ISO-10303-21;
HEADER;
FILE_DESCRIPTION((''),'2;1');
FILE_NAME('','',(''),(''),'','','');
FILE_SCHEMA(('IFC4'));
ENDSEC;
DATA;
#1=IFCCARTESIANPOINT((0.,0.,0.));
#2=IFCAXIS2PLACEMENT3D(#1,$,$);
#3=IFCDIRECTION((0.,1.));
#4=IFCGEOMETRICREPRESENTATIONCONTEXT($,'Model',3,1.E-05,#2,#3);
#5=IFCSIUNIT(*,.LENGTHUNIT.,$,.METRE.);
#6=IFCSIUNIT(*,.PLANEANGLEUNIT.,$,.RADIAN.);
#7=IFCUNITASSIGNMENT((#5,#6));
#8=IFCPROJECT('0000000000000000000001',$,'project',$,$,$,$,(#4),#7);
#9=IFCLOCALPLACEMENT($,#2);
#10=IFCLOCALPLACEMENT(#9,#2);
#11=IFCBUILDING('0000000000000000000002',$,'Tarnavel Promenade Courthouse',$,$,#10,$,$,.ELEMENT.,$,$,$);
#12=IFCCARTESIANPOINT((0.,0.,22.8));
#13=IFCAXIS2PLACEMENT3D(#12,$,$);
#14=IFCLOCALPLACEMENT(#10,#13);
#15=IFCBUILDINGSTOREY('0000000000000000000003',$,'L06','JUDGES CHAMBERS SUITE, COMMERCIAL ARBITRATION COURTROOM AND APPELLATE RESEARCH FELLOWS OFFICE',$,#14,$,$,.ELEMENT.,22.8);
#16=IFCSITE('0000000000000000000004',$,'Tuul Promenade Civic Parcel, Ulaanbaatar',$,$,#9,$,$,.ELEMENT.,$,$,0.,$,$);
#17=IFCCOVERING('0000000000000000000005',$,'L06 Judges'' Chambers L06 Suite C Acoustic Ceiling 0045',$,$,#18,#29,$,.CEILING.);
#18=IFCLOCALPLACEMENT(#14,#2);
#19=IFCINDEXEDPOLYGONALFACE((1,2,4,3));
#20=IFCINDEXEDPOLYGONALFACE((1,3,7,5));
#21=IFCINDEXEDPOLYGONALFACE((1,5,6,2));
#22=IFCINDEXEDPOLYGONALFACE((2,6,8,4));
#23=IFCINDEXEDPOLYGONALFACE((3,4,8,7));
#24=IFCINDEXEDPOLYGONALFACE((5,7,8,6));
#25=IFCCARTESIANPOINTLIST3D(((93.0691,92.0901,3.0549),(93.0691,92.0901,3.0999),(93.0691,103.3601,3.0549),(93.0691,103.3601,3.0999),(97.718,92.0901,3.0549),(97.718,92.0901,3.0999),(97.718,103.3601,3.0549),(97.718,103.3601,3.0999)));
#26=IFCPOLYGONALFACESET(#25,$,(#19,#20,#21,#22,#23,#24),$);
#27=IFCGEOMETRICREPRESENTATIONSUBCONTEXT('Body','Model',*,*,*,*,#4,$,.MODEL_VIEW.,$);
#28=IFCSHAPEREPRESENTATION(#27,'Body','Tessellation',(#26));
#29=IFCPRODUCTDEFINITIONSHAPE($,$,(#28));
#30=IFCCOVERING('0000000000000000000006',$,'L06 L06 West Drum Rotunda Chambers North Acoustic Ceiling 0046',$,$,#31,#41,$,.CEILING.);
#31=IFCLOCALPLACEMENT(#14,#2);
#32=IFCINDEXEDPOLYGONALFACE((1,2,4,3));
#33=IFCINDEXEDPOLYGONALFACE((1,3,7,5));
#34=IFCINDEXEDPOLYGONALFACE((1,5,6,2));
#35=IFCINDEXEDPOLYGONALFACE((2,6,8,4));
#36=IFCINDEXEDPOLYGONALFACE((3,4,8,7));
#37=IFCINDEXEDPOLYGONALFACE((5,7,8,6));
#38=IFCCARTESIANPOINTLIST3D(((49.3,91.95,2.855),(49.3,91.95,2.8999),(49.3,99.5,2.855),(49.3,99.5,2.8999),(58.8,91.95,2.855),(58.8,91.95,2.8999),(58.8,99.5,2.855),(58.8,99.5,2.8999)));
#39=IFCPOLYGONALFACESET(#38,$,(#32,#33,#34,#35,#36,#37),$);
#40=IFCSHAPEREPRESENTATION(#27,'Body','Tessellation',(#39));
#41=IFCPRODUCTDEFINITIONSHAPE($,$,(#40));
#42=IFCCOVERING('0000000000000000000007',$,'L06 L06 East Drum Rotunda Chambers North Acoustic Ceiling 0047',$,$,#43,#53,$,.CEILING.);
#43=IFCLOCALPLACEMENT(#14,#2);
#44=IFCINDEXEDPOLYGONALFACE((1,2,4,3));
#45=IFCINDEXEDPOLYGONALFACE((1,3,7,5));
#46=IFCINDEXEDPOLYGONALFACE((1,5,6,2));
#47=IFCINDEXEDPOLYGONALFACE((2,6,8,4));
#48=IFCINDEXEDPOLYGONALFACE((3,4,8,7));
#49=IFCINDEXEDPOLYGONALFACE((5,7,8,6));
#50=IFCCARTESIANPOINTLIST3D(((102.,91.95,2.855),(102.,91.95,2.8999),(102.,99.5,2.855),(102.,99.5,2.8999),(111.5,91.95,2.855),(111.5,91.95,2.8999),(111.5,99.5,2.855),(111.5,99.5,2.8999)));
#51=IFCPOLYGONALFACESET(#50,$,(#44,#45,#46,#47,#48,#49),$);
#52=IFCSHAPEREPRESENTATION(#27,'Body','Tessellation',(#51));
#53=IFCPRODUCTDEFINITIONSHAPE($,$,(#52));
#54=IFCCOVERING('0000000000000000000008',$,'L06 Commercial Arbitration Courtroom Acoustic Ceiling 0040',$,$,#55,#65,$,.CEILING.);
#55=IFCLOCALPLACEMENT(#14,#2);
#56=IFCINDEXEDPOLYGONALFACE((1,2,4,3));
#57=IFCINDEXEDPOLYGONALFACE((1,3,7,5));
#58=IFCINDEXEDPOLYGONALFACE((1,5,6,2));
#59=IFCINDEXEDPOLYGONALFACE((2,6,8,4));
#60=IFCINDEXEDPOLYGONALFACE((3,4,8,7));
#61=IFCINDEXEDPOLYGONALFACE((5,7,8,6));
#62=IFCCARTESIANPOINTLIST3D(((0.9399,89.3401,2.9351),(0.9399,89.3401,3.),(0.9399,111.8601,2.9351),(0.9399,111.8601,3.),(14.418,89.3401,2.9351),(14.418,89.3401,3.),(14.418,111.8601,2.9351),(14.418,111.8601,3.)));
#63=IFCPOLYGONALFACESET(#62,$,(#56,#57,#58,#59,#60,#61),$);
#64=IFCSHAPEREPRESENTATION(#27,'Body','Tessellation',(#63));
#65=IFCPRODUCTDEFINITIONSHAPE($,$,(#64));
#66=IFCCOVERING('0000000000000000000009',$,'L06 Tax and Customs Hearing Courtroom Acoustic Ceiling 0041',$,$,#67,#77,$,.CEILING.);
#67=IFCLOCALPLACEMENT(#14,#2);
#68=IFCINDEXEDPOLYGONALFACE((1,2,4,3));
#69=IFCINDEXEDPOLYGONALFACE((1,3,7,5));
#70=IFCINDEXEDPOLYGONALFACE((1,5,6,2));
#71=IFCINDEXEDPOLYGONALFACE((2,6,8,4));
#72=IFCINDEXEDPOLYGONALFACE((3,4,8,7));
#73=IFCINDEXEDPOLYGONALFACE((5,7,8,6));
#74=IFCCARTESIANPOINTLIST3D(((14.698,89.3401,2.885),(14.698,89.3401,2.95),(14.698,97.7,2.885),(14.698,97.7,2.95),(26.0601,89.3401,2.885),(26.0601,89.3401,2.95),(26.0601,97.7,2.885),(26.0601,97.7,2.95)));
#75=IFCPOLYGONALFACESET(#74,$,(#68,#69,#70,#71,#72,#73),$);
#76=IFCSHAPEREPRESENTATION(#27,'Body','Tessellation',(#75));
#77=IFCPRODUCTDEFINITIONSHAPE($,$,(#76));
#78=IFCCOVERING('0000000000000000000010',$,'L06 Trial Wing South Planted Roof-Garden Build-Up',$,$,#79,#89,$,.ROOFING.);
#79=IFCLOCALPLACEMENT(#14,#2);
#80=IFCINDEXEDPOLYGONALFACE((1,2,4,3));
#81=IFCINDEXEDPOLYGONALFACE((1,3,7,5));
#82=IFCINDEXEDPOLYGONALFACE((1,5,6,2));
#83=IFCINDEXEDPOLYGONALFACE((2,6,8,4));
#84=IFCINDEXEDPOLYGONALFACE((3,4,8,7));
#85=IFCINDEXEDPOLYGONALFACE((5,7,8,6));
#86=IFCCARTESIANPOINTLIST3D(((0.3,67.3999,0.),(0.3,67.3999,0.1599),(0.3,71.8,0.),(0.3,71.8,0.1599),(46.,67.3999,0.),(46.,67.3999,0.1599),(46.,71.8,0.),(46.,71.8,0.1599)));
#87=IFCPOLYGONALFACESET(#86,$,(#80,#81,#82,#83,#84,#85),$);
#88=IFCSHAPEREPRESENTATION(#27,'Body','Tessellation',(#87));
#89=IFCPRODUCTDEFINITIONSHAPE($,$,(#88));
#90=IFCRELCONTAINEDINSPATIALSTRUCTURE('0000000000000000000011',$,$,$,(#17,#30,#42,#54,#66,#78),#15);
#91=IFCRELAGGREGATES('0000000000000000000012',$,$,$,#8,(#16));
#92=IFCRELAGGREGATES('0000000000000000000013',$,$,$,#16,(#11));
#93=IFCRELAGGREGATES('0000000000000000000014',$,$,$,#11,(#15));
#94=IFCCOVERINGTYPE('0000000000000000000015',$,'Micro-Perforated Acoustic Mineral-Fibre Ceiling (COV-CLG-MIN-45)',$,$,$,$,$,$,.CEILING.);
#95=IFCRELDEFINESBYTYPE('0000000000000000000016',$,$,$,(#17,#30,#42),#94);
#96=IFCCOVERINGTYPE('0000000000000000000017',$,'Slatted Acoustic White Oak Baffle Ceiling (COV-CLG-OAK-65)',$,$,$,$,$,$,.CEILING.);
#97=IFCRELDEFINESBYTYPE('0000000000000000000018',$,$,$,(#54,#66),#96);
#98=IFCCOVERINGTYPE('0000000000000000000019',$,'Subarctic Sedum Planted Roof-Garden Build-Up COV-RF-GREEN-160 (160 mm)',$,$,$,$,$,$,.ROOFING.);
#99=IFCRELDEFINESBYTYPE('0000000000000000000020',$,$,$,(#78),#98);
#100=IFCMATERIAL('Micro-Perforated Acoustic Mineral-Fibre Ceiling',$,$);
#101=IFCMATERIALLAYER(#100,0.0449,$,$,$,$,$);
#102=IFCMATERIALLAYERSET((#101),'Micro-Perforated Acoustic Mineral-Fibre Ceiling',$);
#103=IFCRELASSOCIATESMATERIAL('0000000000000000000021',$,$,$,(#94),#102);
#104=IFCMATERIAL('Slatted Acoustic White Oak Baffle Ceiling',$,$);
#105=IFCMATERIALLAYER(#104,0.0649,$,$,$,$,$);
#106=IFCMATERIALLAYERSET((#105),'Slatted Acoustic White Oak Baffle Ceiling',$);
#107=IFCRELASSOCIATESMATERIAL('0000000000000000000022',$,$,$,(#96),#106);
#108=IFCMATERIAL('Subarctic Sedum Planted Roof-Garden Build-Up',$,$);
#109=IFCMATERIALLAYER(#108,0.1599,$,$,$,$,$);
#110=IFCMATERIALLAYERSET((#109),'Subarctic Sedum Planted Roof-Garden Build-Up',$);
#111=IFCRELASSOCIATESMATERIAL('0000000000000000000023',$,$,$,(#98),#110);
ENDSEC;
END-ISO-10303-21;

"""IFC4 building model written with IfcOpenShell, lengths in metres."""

from ifc_helpers import new_model, si_unit, direction, frame, origin, place, context, subcontext, project, spatial, polyline, outline, extrude, material, layer, layer_set, type_object, element, save


model = new_model("IFC4")

# Units and contexts
model_context = context("Model", 3, precision=1e-05, world=origin(), true_north=direction((0.0, 1.0)))
body_context = subcontext(model_context, "Body", "Model", "MODEL_VIEW")
ifc_project = project(units=[si_unit("LENGTHUNIT", "METRE"), si_unit("PLANEANGLEUNIT", "RADIAN")], contexts=[model_context])

# Site, building, storey
site_placement = place(None, origin())
site = spatial("IfcSite", under=ifc_project, at=site_placement, Name="Tuul Promenade Civic Parcel, Ulaanbaatar", CompositionType="ELEMENT", RefElevation=0.0)
building_placement = place(site_placement, origin())
building = spatial("IfcBuilding", under=site, at=building_placement, Name="Tarnavel Promenade Courthouse", CompositionType="ELEMENT")
storey_placement = place(building_placement, frame((0.0, 0.0, 22.8)))
storey = spatial("IfcBuildingStorey", under=building, at=storey_placement, Name="L06", Description="JUDGES CHAMBERS SUITE, COMMERCIAL ARBITRATION COURTROOM AND APPELLATE RESEARCH FELLOWS OFFICE", CompositionType="ELEMENT", Elevation=22.8)

# Coverings
ifc_material_1 = material(Name="Micro-Perforated Acoustic Mineral-Fibre Ceiling")
ifc_layer_1 = layer(ifc_material_1, 0.0449)
ifc_layer_set_1 = layer_set([ifc_layer_1], Name="Micro-Perforated Acoustic Mineral-Fibre Ceiling")
covering_type_1 = type_object("IfcCoveringType", Name="Micro-Perforated Acoustic Mineral-Fibre Ceiling (COV-CLG-MIN-45)", PredefinedType="CEILING", material=ifc_layer_set_1)
covering_1_placement = place(storey_placement, frame((0.0, 0.0, 3.0549)))
element("IfcCovering", 1, at=covering_1_placement, inside=storey, type_object=covering_type_1, Name="L06 Judges' Chambers L06 Suite C Acoustic Ceiling 0045", PredefinedType="CEILING", context=body_context, shape_type="SweptSolid", body=[
    extrude(outline(polyline([(93.0691, 92.0901), (97.718, 92.0901), (97.718, 103.3601), (93.0691, 103.3601), (93.0691, 92.0901)])), origin(), (0.0, 0.0, 1.0), 0.0449),
])
covering_2_placement = place(storey_placement, frame((0.0, 0.0, 2.855)))
element("IfcCovering", 2, at=covering_2_placement, inside=storey, type_object=covering_type_1, Name="L06 L06 West Drum Rotunda Chambers North Acoustic Ceiling 0046", PredefinedType="CEILING", context=body_context, shape_type="SweptSolid", body=[
    extrude(outline(polyline([(49.3, 91.95), (58.8, 91.95), (58.8, 99.5), (49.3, 99.5), (49.3, 91.95)])), origin(), (0.0, 0.0, 1.0), 0.0449),
])
covering_3_placement = place(storey_placement, frame((0.0, 0.0, 2.855)))
element("IfcCovering", 3, at=covering_3_placement, inside=storey, type_object=covering_type_1, Name="L06 L06 East Drum Rotunda Chambers North Acoustic Ceiling 0047", PredefinedType="CEILING", context=body_context, shape_type="SweptSolid", body=[
    extrude(outline(polyline([(102.0, 91.95), (111.5, 91.95), (111.5, 99.5), (102.0, 99.5), (102.0, 91.95)])), origin(), (0.0, 0.0, 1.0), 0.0449),
])
ifc_material_2 = material(Name="Slatted Acoustic White Oak Baffle Ceiling")
ifc_layer_2 = layer(ifc_material_2, 0.0649)
ifc_layer_set_2 = layer_set([ifc_layer_2], Name="Slatted Acoustic White Oak Baffle Ceiling")
covering_type_2 = type_object("IfcCoveringType", Name="Slatted Acoustic White Oak Baffle Ceiling (COV-CLG-OAK-65)", PredefinedType="CEILING", material=ifc_layer_set_2)
covering_4_placement = place(storey_placement, frame((0.0, 0.0, 2.9351)))
element("IfcCovering", 4, at=covering_4_placement, inside=storey, type_object=covering_type_2, Name="L06 Commercial Arbitration Courtroom Acoustic Ceiling 0040", PredefinedType="CEILING", context=body_context, shape_type="SweptSolid", body=[
    extrude(outline(polyline([(0.9399, 89.3401), (14.418, 89.3401), (14.418, 111.8601), (0.9399, 111.8601), (0.9399, 89.3401)])), origin(), (0.0, 0.0, 1.0), 0.0649),
])
covering_5_placement = place(storey_placement, frame((0.0, 0.0, 2.885)))
element("IfcCovering", 5, at=covering_5_placement, inside=storey, type_object=covering_type_2, Name="L06 Tax and Customs Hearing Courtroom Acoustic Ceiling 0041", PredefinedType="CEILING", context=body_context, shape_type="SweptSolid", body=[
    extrude(outline(polyline([(14.698, 89.3401), (26.0601, 89.3401), (26.0601, 97.7), (14.698, 97.7), (14.698, 89.3401)])), origin(), (0.0, 0.0, 1.0), 0.0649),
])
ifc_material_3 = material(Name="Subarctic Sedum Planted Roof-Garden Build-Up")
ifc_layer_3 = layer(ifc_material_3, 0.1599)
ifc_layer_set_3 = layer_set([ifc_layer_3], Name="Subarctic Sedum Planted Roof-Garden Build-Up")
covering_type_3 = type_object("IfcCoveringType", Name="Subarctic Sedum Planted Roof-Garden Build-Up COV-RF-GREEN-160 (160 mm)", PredefinedType="ROOFING", material=ifc_layer_set_3)
covering_6_placement = place(storey_placement, origin())
element("IfcCovering", 6, at=covering_6_placement, inside=storey, type_object=covering_type_3, Name="L06 Trial Wing South Planted Roof-Garden Build-Up", PredefinedType="ROOFING", context=body_context, shape_type="SweptSolid", body=[
    extrude(outline(polyline([(0.3, 67.3999), (46.0, 67.3999), (46.0, 71.8), (0.3, 71.8), (0.3, 67.3999)])), origin(), (0.0, 0.0, 1.0), 0.1599),
])

save(model, "model.ifc")
